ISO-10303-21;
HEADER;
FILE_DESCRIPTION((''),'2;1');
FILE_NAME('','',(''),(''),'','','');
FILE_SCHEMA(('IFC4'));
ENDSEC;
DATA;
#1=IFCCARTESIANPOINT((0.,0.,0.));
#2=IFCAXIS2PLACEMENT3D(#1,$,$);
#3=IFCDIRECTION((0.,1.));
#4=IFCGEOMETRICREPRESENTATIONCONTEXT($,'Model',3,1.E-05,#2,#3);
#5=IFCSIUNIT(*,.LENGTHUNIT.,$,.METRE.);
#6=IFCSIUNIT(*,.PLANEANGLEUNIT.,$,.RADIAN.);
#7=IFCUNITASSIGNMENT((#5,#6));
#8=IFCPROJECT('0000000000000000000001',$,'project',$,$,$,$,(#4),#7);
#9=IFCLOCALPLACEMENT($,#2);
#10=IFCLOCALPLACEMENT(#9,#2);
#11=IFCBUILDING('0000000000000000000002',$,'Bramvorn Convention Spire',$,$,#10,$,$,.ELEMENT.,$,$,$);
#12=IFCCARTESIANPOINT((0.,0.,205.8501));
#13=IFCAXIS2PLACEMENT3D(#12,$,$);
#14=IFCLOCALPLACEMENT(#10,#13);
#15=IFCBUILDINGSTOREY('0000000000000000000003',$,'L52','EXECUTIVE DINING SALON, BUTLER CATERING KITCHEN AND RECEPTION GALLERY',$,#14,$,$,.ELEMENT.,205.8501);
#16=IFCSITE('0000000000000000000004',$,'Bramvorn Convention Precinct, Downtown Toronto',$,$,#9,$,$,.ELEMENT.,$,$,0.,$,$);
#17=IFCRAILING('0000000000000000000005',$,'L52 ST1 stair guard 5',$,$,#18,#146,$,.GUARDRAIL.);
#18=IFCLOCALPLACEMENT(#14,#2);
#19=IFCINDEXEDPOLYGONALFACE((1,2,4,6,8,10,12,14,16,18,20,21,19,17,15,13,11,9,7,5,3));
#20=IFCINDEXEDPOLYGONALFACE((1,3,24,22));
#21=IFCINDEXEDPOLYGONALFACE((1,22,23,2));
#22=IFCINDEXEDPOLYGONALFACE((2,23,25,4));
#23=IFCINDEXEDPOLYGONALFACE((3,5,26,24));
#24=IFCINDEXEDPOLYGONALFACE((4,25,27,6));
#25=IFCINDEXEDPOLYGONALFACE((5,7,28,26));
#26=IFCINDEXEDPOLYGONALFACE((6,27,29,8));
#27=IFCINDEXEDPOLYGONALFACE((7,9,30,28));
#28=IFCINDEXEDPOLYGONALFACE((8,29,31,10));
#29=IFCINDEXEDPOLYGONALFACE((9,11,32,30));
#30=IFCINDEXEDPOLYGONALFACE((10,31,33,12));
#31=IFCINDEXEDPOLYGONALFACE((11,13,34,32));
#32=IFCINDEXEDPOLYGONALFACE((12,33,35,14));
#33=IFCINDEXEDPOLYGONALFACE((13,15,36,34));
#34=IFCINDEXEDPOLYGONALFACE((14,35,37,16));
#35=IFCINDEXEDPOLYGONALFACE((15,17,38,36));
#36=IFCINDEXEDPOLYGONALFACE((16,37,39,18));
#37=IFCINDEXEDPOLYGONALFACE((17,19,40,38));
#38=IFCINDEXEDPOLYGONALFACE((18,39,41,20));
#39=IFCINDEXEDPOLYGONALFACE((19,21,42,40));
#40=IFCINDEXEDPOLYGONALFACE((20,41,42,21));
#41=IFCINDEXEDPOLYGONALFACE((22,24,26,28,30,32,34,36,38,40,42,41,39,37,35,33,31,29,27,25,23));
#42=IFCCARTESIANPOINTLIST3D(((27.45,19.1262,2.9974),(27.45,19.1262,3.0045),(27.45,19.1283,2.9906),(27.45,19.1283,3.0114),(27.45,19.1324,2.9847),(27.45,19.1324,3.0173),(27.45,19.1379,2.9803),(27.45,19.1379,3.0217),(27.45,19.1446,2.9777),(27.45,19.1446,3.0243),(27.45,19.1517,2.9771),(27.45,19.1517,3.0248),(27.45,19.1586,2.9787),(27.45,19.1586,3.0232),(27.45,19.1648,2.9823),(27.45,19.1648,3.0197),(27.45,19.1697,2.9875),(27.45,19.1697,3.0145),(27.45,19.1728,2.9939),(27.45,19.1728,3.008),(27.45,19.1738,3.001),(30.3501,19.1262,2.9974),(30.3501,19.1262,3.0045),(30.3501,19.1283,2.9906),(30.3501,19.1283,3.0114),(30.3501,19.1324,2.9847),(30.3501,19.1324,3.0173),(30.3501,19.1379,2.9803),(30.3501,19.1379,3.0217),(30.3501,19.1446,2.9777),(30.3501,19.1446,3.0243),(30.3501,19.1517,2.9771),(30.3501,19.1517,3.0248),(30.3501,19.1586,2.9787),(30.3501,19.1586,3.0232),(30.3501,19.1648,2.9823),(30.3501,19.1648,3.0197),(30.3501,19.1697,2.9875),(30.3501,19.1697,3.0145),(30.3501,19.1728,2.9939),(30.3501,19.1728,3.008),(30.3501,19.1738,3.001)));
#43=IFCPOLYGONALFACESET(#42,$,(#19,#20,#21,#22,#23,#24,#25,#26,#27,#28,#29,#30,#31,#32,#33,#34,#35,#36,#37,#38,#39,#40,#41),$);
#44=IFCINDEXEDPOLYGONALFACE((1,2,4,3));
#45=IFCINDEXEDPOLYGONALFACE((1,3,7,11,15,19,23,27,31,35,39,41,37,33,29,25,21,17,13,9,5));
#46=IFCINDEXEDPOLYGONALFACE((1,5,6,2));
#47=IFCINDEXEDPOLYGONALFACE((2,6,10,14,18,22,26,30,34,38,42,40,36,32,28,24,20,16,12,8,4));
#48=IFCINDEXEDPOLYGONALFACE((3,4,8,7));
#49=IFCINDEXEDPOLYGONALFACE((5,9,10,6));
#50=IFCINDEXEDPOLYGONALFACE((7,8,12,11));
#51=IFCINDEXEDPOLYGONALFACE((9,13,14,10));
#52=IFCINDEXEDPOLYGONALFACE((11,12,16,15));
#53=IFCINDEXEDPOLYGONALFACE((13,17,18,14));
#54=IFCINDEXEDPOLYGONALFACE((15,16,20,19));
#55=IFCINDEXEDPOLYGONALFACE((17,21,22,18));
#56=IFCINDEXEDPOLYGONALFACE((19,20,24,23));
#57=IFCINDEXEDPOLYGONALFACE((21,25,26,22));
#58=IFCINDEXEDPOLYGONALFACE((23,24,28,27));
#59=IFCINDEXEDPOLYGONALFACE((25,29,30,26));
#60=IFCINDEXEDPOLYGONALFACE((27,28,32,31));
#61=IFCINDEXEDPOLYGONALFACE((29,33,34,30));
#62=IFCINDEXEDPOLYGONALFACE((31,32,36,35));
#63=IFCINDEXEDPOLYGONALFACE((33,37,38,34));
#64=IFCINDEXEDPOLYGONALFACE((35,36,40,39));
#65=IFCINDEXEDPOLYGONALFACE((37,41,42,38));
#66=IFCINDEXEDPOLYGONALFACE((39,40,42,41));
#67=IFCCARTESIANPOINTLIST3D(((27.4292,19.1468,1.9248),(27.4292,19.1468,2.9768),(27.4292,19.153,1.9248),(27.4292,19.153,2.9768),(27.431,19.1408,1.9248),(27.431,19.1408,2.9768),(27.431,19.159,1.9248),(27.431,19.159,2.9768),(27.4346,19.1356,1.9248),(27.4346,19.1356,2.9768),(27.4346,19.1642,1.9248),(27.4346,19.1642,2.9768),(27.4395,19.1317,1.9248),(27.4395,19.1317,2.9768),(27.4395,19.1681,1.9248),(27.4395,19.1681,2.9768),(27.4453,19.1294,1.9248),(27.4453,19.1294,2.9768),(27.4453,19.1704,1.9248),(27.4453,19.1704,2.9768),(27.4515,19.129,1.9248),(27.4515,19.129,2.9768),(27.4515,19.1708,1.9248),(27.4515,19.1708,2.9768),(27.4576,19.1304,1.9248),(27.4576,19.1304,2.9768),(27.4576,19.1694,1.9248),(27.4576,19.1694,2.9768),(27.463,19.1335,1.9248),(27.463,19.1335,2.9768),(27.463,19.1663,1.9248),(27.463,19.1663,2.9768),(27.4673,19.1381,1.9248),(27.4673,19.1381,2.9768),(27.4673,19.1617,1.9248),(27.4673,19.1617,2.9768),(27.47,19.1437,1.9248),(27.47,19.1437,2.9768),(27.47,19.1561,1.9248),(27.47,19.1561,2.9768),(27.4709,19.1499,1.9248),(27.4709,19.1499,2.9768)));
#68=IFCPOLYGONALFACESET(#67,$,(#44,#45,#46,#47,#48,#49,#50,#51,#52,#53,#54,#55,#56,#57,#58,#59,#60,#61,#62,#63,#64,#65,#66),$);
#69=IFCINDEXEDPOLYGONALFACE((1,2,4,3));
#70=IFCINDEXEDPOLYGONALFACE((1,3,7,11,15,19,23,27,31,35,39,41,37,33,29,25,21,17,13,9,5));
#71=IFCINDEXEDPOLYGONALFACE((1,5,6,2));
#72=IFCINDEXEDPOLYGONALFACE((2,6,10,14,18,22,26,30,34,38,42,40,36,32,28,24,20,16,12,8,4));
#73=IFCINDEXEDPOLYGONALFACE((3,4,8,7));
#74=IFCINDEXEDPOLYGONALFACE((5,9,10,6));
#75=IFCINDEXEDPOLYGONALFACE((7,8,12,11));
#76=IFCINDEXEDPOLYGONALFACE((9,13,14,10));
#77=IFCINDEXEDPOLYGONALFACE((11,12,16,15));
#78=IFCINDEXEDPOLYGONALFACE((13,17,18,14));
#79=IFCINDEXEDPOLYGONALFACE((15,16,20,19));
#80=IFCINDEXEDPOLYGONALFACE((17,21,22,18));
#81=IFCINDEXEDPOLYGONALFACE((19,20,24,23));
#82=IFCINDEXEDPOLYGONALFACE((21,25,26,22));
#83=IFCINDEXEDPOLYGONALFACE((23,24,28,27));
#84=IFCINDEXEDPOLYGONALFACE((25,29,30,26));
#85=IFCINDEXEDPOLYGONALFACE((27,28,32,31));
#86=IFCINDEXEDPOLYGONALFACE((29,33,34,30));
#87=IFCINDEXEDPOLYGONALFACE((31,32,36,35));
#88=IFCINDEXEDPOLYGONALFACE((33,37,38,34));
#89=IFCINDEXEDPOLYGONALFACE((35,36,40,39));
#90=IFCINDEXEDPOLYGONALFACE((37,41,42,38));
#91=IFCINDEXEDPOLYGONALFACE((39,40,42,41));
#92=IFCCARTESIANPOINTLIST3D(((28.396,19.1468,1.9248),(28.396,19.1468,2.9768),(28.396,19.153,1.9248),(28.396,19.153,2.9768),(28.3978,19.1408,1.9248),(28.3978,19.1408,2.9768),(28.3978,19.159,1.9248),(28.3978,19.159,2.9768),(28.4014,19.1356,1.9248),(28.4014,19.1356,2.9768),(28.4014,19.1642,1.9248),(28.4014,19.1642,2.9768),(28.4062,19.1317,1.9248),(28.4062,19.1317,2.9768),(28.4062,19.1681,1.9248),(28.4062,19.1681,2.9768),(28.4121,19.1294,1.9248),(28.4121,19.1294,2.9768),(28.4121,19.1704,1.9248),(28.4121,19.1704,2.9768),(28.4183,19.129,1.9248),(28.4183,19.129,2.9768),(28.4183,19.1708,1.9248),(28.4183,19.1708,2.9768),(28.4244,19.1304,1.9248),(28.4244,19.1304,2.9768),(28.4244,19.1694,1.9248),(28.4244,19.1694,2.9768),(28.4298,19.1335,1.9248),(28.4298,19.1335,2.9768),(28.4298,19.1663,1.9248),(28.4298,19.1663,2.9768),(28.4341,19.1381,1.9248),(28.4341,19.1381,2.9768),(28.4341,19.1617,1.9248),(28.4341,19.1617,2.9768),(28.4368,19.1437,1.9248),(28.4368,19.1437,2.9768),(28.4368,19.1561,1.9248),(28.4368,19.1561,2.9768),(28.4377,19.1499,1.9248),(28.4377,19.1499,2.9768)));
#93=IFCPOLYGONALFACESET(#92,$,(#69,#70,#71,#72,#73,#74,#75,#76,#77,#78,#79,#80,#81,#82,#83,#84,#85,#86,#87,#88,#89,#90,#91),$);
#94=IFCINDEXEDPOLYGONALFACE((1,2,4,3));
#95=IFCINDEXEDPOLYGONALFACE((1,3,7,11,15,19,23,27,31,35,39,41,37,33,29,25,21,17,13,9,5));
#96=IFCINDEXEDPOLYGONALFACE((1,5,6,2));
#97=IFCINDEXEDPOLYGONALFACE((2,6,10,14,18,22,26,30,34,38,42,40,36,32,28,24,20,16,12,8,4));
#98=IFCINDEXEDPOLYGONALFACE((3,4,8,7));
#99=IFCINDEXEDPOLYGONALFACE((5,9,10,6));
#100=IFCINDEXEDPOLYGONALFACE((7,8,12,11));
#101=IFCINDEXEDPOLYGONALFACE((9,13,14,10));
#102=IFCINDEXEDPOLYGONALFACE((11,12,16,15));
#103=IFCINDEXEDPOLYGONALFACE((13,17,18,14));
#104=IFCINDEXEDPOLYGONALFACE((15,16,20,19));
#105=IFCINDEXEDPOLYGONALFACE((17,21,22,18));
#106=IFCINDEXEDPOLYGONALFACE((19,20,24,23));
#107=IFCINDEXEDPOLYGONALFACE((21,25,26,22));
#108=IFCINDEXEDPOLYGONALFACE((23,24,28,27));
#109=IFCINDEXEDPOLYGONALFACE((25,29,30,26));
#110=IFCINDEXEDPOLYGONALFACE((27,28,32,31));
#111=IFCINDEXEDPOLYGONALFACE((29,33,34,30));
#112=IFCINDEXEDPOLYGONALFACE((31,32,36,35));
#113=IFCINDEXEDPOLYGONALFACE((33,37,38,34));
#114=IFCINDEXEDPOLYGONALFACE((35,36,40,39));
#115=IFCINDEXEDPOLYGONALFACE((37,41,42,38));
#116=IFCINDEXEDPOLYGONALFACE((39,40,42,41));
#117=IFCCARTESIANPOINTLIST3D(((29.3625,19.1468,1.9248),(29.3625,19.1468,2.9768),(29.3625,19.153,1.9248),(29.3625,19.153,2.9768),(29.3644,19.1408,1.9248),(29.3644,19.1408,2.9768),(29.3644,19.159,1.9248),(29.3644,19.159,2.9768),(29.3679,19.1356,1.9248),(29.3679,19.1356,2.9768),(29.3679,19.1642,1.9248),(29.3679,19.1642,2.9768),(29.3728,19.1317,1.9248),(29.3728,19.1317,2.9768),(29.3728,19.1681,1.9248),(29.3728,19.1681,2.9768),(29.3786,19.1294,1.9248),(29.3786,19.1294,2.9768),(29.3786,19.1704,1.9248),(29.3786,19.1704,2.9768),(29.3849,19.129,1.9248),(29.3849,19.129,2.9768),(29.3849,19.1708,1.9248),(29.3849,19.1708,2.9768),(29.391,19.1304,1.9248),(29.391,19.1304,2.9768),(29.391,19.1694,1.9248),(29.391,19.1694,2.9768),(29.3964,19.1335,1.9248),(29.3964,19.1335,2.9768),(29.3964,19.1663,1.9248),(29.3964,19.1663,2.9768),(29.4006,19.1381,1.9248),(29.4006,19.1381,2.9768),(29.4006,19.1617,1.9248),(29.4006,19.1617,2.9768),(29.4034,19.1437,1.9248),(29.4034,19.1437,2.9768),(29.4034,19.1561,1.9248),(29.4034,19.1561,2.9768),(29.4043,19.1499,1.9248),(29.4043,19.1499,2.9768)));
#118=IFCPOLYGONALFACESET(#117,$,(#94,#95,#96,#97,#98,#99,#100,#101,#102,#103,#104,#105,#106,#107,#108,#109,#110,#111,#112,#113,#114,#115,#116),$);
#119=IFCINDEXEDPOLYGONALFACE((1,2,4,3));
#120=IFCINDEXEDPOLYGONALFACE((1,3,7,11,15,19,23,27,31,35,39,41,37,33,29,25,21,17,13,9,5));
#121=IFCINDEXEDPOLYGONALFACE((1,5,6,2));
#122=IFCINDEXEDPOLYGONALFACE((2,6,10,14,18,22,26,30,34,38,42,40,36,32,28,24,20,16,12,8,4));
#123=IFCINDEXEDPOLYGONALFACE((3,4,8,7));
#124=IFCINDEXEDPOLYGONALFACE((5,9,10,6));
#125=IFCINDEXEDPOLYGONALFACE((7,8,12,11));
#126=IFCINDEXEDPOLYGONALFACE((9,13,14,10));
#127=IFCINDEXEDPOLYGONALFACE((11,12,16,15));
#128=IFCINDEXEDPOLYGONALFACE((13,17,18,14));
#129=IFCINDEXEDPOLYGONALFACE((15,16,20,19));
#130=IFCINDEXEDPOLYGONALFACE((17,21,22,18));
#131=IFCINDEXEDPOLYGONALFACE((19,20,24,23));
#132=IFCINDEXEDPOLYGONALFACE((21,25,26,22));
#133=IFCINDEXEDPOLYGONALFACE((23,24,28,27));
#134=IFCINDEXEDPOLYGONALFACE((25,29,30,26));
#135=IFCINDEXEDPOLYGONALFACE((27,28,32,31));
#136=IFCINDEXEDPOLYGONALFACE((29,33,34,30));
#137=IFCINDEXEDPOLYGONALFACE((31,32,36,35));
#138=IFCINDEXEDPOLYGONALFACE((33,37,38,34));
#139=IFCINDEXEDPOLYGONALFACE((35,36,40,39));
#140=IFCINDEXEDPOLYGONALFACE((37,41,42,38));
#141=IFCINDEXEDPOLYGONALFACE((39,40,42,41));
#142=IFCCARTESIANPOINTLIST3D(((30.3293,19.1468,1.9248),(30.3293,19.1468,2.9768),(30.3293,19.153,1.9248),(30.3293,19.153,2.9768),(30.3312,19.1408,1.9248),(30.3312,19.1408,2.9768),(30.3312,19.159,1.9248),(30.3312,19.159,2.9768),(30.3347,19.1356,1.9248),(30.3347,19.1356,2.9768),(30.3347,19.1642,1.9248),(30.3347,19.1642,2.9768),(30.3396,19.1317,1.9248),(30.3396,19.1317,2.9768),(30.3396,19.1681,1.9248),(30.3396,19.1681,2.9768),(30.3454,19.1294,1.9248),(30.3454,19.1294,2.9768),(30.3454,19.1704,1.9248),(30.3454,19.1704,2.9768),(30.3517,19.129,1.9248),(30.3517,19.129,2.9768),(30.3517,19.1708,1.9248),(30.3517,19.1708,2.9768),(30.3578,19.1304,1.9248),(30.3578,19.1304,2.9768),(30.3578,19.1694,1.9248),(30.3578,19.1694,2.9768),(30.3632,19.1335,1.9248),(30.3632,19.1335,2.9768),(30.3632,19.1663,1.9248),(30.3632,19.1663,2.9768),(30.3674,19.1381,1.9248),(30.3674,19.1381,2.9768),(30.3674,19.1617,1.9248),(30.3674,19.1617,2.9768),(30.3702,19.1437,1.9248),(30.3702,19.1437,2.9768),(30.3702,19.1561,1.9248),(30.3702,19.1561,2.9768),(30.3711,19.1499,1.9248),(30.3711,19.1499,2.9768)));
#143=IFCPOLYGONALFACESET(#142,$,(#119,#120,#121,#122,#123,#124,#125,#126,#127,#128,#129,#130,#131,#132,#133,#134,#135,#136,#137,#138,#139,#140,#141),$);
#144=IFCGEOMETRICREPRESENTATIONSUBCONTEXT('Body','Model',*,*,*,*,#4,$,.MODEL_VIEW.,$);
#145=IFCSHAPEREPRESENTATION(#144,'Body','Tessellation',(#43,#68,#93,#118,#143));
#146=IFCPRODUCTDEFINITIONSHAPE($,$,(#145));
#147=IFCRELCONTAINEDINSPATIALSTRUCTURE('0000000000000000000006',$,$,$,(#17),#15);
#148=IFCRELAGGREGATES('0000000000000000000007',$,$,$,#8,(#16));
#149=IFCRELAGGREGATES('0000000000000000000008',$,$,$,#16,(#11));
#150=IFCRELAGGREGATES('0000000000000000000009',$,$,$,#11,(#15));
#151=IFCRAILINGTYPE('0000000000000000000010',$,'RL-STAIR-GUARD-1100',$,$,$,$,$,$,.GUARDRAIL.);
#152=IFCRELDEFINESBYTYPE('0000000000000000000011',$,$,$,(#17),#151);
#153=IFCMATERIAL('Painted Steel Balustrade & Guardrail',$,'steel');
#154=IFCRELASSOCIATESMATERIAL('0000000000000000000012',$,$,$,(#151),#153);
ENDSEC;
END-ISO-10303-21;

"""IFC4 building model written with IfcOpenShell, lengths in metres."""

from ifc_helpers import new_model, si_unit, direction, frame, origin, origin_2d, place, context, subcontext, project, spatial, circle, extrude, material, type_object, element, save


model = new_model("IFC4")

# Units and contexts
model_context = context("Model", 3, precision=1e-05, world=origin(), true_north=direction((0.0, 1.0)))
body_context = subcontext(model_context, "Body", "Model", "MODEL_VIEW")
ifc_project = project(units=[si_unit("LENGTHUNIT", "METRE"), si_unit("PLANEANGLEUNIT", "RADIAN")], contexts=[model_context])

# Site, building, storey
site_placement = place(None, origin())
site = spatial("IfcSite", under=ifc_project, at=site_placement, Name="Bramvorn Convention Precinct, Downtown Toronto", CompositionType="ELEMENT", RefElevation=0.0)
building_placement = place(site_placement, origin())
building = spatial("IfcBuilding", under=site, at=building_placement, Name="Bramvorn Convention Spire", CompositionType="ELEMENT")
storey_placement = place(building_placement, frame((0.0, 0.0, 205.8501)))
storey = spatial("IfcBuildingStorey", under=building, at=storey_placement, Name="L52", Description="EXECUTIVE DINING SALON, BUTLER CATERING KITCHEN AND RECEPTION GALLERY", CompositionType="ELEMENT", Elevation=205.8501)

# Railing
ifc_material_1 = material(Name="Painted Steel Balustrade & Guardrail", Category="steel")
railing_type_1 = type_object("IfcRailingType", Name="RL-STAIR-GUARD-1100", PredefinedType="GUARDRAIL", material=ifc_material_1)
railing_1_placement = place(storey_placement, frame((27.45, 19.1499, 1.9248)))
element("IfcRailing", 1, at=railing_1_placement, inside=storey, type_object=railing_type_1, Name="L52 ST1 stair guard 5", PredefinedType="GUARDRAIL", context=body_context, shape_type="SweptSolid", body=[
    extrude(circle(Radius=0.0239, at=origin_2d()), frame((0.0, 0.0, 1.0762), z_axis=(1.0, 0.0, 0.0), x_axis=(0.0, 1.0, 0.0)), (0.0, 0.0, 1.0), 2.9001),
    extrude(circle(Radius=0.021, at=origin_2d()), origin(), (0.0, 0.0, 1.0), 1.052),
    extrude(circle(Radius=0.021, at=origin_2d()), frame((0.9668, 0.0, 0.0)), (0.0, 0.0, 1.0), 1.052),
    extrude(circle(Radius=0.021, at=origin_2d()), frame((1.9333, 0.0, 0.0)), (0.0, 0.0, 1.0), 1.052),
    extrude(circle(Radius=0.021, at=origin_2d()), frame((2.9001, 0.0, 0.0)), (0.0, 0.0, 1.0), 1.052),
])

save(model, "model.ifc")
